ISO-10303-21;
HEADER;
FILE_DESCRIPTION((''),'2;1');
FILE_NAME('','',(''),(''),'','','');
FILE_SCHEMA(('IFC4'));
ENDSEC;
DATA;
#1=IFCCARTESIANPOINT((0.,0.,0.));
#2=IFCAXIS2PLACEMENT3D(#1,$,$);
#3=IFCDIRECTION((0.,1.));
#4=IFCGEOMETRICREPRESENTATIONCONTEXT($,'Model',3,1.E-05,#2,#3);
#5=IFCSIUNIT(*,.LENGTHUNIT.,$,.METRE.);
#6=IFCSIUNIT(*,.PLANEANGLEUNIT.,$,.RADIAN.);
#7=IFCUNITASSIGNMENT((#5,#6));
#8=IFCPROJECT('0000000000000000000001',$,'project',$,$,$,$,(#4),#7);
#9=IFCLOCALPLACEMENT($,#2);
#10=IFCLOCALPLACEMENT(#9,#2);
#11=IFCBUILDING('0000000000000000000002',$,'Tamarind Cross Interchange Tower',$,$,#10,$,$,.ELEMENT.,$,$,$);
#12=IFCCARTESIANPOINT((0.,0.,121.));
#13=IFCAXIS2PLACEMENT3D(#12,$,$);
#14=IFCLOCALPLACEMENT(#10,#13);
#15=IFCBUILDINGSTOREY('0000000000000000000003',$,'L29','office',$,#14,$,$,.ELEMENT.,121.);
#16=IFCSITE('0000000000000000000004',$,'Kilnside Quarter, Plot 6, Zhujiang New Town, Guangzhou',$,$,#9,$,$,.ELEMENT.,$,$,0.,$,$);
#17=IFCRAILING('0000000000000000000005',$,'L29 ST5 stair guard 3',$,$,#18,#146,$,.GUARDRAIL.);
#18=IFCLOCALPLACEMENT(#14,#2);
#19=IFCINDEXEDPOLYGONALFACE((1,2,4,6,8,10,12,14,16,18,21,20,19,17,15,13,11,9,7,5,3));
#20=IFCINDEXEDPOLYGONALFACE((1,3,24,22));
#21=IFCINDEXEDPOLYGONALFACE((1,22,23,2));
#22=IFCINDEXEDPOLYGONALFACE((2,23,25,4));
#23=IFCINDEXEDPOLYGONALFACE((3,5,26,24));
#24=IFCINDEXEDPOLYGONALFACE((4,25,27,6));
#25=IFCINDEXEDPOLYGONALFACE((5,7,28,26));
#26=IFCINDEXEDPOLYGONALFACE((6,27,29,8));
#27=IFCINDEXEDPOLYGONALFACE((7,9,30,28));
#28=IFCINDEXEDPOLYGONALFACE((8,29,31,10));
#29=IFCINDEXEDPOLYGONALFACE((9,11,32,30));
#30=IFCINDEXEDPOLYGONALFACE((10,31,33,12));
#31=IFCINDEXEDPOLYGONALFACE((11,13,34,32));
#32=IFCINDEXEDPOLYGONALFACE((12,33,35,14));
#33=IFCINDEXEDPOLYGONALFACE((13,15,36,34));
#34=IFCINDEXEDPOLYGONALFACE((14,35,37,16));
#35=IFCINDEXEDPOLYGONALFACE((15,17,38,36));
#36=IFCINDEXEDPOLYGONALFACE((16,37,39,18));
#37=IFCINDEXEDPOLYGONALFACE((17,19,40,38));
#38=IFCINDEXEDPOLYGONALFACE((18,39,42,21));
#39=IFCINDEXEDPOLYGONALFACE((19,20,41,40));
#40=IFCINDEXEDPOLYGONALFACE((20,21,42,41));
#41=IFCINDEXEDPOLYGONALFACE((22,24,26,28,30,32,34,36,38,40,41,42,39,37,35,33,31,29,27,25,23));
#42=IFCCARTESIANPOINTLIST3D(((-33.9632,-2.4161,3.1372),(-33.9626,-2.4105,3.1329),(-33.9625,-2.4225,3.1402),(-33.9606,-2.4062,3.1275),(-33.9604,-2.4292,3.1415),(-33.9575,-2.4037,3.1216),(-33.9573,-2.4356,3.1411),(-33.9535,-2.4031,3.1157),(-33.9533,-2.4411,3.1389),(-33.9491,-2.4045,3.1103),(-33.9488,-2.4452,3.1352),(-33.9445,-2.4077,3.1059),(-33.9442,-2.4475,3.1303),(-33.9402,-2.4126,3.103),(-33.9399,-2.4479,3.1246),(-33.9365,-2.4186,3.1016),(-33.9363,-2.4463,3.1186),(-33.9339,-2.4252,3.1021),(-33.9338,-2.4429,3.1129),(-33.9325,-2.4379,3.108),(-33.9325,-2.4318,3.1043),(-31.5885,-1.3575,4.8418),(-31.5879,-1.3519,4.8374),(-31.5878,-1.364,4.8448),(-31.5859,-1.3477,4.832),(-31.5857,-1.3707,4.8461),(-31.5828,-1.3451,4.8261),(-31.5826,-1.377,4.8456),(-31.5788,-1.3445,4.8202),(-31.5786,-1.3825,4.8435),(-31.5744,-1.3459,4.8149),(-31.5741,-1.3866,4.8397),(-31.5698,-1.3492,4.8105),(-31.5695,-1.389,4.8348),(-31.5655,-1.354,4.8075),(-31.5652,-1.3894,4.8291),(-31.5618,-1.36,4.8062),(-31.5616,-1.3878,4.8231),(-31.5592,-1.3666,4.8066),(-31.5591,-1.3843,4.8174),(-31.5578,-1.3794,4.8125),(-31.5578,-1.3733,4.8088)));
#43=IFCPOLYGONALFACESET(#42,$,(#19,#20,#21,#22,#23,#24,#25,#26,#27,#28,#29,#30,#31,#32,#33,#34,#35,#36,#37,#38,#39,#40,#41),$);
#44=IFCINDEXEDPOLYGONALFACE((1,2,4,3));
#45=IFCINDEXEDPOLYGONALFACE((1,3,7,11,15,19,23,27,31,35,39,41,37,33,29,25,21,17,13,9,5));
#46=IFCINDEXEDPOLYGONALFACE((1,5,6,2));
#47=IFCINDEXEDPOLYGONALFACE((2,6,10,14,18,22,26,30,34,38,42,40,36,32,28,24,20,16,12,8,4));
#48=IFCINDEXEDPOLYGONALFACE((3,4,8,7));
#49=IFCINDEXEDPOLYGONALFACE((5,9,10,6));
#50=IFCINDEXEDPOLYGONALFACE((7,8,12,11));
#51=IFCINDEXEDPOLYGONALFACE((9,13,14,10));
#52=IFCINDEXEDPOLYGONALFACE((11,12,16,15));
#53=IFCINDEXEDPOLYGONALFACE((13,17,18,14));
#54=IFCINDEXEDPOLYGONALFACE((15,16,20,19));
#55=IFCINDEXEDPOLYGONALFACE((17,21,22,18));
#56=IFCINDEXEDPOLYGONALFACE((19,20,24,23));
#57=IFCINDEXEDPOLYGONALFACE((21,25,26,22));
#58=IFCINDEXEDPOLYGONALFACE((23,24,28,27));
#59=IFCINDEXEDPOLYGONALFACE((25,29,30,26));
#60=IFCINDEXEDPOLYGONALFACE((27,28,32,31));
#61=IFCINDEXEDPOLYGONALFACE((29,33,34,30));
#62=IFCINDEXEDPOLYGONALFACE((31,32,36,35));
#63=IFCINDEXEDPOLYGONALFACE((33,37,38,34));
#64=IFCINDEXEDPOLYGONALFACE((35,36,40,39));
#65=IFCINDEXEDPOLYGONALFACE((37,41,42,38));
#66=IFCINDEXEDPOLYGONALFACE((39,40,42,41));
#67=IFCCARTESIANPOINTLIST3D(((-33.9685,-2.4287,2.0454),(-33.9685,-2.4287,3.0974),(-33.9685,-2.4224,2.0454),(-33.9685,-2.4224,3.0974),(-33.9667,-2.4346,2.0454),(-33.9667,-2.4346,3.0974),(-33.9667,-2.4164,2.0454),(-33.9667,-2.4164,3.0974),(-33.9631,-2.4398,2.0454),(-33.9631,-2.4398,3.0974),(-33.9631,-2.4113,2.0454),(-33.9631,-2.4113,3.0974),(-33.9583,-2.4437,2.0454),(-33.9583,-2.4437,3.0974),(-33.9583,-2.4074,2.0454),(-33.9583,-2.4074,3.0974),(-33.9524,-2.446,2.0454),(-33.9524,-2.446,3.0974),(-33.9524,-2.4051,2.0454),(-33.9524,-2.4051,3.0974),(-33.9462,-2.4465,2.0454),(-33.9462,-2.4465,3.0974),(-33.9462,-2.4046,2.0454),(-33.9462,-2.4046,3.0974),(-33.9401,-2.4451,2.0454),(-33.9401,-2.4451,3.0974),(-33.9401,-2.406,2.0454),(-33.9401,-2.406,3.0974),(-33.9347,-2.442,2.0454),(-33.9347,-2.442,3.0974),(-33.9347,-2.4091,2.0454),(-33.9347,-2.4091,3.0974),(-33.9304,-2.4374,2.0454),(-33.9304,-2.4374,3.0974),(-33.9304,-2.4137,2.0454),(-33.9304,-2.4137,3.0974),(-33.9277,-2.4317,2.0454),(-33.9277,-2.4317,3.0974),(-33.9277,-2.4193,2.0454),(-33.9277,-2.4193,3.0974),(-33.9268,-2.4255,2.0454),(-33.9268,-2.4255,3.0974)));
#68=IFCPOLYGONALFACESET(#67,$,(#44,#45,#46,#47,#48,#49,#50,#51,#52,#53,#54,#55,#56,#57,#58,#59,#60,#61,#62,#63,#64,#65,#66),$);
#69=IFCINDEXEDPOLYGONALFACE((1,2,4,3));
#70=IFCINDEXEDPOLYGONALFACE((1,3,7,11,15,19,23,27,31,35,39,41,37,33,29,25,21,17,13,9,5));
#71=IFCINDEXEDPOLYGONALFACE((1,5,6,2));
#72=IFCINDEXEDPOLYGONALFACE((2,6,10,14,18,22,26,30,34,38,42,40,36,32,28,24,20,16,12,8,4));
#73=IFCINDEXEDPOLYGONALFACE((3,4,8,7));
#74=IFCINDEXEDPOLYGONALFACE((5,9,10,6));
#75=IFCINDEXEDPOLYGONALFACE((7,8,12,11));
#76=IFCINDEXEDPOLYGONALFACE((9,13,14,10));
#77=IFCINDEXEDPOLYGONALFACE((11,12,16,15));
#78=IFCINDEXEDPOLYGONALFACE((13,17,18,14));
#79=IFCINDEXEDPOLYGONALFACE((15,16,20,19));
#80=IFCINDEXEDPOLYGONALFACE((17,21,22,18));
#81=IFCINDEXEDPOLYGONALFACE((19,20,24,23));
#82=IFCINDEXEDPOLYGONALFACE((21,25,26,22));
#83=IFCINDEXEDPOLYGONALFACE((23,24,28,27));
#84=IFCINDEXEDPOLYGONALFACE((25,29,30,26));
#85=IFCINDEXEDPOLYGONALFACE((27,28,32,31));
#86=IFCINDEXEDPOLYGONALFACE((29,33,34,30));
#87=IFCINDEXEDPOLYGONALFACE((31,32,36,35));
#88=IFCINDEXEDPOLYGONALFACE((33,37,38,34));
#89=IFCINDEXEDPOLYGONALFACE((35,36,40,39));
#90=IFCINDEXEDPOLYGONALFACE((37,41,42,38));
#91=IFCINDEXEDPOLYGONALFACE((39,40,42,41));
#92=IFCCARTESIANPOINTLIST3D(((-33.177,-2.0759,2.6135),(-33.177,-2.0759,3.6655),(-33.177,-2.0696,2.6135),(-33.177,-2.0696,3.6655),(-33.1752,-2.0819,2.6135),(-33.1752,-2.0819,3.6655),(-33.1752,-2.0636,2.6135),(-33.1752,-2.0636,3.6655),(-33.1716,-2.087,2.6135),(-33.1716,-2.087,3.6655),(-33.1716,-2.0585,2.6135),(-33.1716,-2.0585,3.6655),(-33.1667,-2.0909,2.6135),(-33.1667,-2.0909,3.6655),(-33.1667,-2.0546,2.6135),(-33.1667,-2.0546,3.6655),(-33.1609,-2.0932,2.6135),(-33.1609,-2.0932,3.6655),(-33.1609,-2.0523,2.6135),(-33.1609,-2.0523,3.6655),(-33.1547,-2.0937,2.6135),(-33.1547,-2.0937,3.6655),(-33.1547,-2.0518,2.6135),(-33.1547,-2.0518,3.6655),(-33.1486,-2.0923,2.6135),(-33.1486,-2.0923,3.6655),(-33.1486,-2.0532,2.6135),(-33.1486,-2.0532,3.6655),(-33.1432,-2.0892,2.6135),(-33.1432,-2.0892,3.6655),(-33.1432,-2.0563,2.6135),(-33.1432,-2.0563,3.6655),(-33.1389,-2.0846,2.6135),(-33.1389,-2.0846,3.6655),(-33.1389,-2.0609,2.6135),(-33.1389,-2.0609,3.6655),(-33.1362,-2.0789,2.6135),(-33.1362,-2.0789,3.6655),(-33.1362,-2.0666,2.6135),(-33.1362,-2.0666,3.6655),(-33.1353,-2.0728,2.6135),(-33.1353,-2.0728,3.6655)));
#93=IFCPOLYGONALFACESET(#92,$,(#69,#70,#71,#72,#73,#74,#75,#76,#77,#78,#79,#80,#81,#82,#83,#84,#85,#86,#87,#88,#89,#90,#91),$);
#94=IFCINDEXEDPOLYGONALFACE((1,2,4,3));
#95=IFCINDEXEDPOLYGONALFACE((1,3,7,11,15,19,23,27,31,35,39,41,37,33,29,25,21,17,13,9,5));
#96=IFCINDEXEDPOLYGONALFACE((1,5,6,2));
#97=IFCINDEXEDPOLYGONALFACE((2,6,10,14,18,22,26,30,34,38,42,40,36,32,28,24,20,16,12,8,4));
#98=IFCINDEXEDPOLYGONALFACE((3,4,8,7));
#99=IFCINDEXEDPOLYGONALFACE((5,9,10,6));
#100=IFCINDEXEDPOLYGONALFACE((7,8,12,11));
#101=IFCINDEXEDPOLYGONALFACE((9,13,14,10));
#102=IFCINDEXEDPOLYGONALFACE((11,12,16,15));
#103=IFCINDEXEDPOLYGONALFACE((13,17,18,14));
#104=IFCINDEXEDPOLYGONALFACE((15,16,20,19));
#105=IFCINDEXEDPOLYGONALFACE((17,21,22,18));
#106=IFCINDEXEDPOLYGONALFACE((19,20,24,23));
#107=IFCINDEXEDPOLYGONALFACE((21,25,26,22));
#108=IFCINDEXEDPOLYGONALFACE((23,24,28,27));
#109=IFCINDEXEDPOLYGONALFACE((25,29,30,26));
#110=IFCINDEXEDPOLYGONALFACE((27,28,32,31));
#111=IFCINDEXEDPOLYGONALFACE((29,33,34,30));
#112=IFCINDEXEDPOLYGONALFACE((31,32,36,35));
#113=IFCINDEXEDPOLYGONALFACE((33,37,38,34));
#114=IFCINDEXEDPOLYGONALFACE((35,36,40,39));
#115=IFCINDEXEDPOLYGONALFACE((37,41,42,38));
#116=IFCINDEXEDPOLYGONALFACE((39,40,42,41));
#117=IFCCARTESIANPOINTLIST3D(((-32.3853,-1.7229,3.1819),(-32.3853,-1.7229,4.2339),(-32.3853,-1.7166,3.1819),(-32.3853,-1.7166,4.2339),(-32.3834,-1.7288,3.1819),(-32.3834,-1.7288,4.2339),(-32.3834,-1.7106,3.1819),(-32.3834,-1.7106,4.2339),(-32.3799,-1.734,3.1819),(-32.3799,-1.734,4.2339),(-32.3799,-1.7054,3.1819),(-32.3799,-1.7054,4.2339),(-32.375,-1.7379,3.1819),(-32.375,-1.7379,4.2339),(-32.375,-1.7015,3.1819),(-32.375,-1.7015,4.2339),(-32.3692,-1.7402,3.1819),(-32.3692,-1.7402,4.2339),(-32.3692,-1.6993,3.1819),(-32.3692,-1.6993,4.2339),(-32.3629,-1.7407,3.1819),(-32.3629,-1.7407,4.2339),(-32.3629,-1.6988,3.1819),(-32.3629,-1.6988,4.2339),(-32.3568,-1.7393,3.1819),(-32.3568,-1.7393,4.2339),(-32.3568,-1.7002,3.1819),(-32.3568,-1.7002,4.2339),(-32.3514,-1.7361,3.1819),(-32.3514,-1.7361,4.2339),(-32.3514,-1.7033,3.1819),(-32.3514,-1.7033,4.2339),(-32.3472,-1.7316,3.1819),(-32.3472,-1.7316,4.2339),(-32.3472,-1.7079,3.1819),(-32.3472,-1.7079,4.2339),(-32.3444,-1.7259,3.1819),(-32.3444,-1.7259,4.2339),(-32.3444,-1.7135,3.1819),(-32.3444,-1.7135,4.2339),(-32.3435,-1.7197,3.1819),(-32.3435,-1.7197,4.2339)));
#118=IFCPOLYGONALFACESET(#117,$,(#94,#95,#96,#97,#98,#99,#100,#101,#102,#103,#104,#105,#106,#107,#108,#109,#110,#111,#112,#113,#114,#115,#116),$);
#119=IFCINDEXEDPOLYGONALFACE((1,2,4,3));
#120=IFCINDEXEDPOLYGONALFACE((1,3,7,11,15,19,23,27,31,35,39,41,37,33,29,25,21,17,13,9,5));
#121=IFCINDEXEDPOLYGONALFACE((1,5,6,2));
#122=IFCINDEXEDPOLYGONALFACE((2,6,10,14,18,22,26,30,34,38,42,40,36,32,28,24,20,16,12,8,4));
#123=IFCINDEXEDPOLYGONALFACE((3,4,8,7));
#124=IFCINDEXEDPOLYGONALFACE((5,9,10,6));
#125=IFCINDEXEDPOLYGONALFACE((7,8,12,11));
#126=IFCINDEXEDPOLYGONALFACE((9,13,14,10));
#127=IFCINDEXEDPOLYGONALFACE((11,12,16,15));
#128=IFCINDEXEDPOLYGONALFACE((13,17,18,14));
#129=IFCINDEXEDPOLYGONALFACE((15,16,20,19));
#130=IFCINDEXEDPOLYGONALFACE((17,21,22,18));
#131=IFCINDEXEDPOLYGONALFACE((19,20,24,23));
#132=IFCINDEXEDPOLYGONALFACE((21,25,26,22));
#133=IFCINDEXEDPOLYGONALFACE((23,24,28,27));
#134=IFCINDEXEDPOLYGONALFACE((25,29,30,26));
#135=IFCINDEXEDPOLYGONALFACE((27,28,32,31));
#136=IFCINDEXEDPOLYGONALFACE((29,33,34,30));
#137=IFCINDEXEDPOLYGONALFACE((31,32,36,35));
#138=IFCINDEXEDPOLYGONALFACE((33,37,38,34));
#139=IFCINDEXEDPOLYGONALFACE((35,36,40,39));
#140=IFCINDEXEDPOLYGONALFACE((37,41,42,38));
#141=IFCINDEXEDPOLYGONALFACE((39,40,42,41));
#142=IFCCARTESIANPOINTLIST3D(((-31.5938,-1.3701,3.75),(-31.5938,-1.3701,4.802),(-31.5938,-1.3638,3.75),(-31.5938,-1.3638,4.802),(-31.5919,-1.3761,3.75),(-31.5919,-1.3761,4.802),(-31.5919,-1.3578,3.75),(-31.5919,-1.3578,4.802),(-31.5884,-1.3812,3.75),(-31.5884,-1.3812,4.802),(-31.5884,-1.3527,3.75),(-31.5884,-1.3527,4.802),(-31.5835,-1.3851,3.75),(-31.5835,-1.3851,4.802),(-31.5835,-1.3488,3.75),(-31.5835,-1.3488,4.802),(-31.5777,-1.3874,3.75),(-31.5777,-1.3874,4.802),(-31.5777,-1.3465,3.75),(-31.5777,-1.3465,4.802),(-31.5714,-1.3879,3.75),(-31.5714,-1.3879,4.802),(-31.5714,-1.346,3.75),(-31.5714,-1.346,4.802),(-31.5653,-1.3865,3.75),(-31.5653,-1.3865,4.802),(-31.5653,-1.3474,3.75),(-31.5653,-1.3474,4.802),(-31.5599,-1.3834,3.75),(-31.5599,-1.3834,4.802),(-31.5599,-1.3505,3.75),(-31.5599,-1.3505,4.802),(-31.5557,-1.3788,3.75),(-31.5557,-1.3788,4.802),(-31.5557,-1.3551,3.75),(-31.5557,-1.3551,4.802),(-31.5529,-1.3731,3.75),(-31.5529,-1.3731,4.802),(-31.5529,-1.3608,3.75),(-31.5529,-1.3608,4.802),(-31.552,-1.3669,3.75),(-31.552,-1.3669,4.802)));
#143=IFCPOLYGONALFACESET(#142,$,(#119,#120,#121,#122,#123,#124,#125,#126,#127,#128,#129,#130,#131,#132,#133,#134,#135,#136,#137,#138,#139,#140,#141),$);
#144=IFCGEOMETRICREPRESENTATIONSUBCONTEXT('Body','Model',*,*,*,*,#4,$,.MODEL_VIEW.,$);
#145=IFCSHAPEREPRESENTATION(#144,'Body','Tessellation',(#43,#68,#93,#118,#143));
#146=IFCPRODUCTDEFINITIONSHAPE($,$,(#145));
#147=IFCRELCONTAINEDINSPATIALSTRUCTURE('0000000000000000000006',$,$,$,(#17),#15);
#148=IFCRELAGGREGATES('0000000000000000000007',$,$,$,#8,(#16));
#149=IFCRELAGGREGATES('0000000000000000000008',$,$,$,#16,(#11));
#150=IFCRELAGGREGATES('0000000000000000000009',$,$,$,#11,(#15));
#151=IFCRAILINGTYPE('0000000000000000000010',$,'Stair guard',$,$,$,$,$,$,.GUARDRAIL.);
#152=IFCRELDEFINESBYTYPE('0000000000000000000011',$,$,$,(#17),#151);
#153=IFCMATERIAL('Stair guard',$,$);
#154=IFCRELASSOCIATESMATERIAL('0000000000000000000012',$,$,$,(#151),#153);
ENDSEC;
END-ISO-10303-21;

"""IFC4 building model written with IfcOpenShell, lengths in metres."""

from ifc_helpers import new_model, si_unit, direction, frame, origin, origin_2d, place, context, subcontext, project, spatial, circle, extrude, material, type_object, element, save


model = new_model("IFC4")

# Units and contexts
model_context = context("Model", 3, precision=1e-05, world=origin(), true_north=direction((0.0, 1.0)))
body_context = subcontext(model_context, "Body", "Model", "MODEL_VIEW")
ifc_project = project(units=[si_unit("LENGTHUNIT", "METRE"), si_unit("PLANEANGLEUNIT", "RADIAN")], contexts=[model_context])

# Site, building, storey
site_placement = place(None, origin())
site = spatial("IfcSite", under=ifc_project, at=site_placement, Name="Kilnside Quarter, Plot 6, Zhujiang New Town, Guangzhou", CompositionType="ELEMENT", RefElevation=0.0)
building_placement = place(site_placement, origin())
building = spatial("IfcBuilding", under=site, at=building_placement, Name="Tamarind Cross Interchange Tower", CompositionType="ELEMENT")
storey_placement = place(building_placement, frame((0.0, 0.0, 121.0)))
storey = spatial("IfcBuildingStorey", under=building, at=storey_placement, Name="L29", Description="office", CompositionType="ELEMENT", Elevation=121.0)

# Railing
ifc_material_1 = material(Name="Stair guard")
railing_type_1 = type_object("IfcRailingType", Name="Stair guard", PredefinedType="GUARDRAIL", material=ifc_material_1)
railing_1_placement = place(storey_placement, frame((-33.9478, -2.4255, 2.0454)))
element("IfcRailing", 1, at=railing_1_placement, inside=storey, type_object=railing_type_1, Name="L29 ST5 stair guard 3", PredefinedType="GUARDRAIL", context=body_context, shape_type="SweptSolid", body=[
    extrude(circle(Radius=0.0239, at=origin_2d()), frame((0.0, 0.0, 1.0762), z_axis=(0.763839, 0.340496, 0.548281), x_axis=(-0.407149, 0.913362, 0.0)), (0.0, 0.0, 1.0), 3.1089),
    extrude(circle(Radius=0.021, at=origin_2d()), origin(), (0.0, 0.0, 1.0), 1.052),
    extrude(circle(Radius=0.021, at=origin_2d()), frame((0.7915, 0.3528, 0.5681)), (0.0, 0.0, 1.0), 1.052),
    extrude(circle(Radius=0.021, at=origin_2d()), frame((1.5833, 0.7058, 1.1365)), (0.0, 0.0, 1.0), 1.052),
    extrude(circle(Radius=0.021, at=origin_2d()), frame((2.3748, 1.0586, 1.7046)), (0.0, 0.0, 1.0), 1.052),
])

save(model, "model.ifc")
